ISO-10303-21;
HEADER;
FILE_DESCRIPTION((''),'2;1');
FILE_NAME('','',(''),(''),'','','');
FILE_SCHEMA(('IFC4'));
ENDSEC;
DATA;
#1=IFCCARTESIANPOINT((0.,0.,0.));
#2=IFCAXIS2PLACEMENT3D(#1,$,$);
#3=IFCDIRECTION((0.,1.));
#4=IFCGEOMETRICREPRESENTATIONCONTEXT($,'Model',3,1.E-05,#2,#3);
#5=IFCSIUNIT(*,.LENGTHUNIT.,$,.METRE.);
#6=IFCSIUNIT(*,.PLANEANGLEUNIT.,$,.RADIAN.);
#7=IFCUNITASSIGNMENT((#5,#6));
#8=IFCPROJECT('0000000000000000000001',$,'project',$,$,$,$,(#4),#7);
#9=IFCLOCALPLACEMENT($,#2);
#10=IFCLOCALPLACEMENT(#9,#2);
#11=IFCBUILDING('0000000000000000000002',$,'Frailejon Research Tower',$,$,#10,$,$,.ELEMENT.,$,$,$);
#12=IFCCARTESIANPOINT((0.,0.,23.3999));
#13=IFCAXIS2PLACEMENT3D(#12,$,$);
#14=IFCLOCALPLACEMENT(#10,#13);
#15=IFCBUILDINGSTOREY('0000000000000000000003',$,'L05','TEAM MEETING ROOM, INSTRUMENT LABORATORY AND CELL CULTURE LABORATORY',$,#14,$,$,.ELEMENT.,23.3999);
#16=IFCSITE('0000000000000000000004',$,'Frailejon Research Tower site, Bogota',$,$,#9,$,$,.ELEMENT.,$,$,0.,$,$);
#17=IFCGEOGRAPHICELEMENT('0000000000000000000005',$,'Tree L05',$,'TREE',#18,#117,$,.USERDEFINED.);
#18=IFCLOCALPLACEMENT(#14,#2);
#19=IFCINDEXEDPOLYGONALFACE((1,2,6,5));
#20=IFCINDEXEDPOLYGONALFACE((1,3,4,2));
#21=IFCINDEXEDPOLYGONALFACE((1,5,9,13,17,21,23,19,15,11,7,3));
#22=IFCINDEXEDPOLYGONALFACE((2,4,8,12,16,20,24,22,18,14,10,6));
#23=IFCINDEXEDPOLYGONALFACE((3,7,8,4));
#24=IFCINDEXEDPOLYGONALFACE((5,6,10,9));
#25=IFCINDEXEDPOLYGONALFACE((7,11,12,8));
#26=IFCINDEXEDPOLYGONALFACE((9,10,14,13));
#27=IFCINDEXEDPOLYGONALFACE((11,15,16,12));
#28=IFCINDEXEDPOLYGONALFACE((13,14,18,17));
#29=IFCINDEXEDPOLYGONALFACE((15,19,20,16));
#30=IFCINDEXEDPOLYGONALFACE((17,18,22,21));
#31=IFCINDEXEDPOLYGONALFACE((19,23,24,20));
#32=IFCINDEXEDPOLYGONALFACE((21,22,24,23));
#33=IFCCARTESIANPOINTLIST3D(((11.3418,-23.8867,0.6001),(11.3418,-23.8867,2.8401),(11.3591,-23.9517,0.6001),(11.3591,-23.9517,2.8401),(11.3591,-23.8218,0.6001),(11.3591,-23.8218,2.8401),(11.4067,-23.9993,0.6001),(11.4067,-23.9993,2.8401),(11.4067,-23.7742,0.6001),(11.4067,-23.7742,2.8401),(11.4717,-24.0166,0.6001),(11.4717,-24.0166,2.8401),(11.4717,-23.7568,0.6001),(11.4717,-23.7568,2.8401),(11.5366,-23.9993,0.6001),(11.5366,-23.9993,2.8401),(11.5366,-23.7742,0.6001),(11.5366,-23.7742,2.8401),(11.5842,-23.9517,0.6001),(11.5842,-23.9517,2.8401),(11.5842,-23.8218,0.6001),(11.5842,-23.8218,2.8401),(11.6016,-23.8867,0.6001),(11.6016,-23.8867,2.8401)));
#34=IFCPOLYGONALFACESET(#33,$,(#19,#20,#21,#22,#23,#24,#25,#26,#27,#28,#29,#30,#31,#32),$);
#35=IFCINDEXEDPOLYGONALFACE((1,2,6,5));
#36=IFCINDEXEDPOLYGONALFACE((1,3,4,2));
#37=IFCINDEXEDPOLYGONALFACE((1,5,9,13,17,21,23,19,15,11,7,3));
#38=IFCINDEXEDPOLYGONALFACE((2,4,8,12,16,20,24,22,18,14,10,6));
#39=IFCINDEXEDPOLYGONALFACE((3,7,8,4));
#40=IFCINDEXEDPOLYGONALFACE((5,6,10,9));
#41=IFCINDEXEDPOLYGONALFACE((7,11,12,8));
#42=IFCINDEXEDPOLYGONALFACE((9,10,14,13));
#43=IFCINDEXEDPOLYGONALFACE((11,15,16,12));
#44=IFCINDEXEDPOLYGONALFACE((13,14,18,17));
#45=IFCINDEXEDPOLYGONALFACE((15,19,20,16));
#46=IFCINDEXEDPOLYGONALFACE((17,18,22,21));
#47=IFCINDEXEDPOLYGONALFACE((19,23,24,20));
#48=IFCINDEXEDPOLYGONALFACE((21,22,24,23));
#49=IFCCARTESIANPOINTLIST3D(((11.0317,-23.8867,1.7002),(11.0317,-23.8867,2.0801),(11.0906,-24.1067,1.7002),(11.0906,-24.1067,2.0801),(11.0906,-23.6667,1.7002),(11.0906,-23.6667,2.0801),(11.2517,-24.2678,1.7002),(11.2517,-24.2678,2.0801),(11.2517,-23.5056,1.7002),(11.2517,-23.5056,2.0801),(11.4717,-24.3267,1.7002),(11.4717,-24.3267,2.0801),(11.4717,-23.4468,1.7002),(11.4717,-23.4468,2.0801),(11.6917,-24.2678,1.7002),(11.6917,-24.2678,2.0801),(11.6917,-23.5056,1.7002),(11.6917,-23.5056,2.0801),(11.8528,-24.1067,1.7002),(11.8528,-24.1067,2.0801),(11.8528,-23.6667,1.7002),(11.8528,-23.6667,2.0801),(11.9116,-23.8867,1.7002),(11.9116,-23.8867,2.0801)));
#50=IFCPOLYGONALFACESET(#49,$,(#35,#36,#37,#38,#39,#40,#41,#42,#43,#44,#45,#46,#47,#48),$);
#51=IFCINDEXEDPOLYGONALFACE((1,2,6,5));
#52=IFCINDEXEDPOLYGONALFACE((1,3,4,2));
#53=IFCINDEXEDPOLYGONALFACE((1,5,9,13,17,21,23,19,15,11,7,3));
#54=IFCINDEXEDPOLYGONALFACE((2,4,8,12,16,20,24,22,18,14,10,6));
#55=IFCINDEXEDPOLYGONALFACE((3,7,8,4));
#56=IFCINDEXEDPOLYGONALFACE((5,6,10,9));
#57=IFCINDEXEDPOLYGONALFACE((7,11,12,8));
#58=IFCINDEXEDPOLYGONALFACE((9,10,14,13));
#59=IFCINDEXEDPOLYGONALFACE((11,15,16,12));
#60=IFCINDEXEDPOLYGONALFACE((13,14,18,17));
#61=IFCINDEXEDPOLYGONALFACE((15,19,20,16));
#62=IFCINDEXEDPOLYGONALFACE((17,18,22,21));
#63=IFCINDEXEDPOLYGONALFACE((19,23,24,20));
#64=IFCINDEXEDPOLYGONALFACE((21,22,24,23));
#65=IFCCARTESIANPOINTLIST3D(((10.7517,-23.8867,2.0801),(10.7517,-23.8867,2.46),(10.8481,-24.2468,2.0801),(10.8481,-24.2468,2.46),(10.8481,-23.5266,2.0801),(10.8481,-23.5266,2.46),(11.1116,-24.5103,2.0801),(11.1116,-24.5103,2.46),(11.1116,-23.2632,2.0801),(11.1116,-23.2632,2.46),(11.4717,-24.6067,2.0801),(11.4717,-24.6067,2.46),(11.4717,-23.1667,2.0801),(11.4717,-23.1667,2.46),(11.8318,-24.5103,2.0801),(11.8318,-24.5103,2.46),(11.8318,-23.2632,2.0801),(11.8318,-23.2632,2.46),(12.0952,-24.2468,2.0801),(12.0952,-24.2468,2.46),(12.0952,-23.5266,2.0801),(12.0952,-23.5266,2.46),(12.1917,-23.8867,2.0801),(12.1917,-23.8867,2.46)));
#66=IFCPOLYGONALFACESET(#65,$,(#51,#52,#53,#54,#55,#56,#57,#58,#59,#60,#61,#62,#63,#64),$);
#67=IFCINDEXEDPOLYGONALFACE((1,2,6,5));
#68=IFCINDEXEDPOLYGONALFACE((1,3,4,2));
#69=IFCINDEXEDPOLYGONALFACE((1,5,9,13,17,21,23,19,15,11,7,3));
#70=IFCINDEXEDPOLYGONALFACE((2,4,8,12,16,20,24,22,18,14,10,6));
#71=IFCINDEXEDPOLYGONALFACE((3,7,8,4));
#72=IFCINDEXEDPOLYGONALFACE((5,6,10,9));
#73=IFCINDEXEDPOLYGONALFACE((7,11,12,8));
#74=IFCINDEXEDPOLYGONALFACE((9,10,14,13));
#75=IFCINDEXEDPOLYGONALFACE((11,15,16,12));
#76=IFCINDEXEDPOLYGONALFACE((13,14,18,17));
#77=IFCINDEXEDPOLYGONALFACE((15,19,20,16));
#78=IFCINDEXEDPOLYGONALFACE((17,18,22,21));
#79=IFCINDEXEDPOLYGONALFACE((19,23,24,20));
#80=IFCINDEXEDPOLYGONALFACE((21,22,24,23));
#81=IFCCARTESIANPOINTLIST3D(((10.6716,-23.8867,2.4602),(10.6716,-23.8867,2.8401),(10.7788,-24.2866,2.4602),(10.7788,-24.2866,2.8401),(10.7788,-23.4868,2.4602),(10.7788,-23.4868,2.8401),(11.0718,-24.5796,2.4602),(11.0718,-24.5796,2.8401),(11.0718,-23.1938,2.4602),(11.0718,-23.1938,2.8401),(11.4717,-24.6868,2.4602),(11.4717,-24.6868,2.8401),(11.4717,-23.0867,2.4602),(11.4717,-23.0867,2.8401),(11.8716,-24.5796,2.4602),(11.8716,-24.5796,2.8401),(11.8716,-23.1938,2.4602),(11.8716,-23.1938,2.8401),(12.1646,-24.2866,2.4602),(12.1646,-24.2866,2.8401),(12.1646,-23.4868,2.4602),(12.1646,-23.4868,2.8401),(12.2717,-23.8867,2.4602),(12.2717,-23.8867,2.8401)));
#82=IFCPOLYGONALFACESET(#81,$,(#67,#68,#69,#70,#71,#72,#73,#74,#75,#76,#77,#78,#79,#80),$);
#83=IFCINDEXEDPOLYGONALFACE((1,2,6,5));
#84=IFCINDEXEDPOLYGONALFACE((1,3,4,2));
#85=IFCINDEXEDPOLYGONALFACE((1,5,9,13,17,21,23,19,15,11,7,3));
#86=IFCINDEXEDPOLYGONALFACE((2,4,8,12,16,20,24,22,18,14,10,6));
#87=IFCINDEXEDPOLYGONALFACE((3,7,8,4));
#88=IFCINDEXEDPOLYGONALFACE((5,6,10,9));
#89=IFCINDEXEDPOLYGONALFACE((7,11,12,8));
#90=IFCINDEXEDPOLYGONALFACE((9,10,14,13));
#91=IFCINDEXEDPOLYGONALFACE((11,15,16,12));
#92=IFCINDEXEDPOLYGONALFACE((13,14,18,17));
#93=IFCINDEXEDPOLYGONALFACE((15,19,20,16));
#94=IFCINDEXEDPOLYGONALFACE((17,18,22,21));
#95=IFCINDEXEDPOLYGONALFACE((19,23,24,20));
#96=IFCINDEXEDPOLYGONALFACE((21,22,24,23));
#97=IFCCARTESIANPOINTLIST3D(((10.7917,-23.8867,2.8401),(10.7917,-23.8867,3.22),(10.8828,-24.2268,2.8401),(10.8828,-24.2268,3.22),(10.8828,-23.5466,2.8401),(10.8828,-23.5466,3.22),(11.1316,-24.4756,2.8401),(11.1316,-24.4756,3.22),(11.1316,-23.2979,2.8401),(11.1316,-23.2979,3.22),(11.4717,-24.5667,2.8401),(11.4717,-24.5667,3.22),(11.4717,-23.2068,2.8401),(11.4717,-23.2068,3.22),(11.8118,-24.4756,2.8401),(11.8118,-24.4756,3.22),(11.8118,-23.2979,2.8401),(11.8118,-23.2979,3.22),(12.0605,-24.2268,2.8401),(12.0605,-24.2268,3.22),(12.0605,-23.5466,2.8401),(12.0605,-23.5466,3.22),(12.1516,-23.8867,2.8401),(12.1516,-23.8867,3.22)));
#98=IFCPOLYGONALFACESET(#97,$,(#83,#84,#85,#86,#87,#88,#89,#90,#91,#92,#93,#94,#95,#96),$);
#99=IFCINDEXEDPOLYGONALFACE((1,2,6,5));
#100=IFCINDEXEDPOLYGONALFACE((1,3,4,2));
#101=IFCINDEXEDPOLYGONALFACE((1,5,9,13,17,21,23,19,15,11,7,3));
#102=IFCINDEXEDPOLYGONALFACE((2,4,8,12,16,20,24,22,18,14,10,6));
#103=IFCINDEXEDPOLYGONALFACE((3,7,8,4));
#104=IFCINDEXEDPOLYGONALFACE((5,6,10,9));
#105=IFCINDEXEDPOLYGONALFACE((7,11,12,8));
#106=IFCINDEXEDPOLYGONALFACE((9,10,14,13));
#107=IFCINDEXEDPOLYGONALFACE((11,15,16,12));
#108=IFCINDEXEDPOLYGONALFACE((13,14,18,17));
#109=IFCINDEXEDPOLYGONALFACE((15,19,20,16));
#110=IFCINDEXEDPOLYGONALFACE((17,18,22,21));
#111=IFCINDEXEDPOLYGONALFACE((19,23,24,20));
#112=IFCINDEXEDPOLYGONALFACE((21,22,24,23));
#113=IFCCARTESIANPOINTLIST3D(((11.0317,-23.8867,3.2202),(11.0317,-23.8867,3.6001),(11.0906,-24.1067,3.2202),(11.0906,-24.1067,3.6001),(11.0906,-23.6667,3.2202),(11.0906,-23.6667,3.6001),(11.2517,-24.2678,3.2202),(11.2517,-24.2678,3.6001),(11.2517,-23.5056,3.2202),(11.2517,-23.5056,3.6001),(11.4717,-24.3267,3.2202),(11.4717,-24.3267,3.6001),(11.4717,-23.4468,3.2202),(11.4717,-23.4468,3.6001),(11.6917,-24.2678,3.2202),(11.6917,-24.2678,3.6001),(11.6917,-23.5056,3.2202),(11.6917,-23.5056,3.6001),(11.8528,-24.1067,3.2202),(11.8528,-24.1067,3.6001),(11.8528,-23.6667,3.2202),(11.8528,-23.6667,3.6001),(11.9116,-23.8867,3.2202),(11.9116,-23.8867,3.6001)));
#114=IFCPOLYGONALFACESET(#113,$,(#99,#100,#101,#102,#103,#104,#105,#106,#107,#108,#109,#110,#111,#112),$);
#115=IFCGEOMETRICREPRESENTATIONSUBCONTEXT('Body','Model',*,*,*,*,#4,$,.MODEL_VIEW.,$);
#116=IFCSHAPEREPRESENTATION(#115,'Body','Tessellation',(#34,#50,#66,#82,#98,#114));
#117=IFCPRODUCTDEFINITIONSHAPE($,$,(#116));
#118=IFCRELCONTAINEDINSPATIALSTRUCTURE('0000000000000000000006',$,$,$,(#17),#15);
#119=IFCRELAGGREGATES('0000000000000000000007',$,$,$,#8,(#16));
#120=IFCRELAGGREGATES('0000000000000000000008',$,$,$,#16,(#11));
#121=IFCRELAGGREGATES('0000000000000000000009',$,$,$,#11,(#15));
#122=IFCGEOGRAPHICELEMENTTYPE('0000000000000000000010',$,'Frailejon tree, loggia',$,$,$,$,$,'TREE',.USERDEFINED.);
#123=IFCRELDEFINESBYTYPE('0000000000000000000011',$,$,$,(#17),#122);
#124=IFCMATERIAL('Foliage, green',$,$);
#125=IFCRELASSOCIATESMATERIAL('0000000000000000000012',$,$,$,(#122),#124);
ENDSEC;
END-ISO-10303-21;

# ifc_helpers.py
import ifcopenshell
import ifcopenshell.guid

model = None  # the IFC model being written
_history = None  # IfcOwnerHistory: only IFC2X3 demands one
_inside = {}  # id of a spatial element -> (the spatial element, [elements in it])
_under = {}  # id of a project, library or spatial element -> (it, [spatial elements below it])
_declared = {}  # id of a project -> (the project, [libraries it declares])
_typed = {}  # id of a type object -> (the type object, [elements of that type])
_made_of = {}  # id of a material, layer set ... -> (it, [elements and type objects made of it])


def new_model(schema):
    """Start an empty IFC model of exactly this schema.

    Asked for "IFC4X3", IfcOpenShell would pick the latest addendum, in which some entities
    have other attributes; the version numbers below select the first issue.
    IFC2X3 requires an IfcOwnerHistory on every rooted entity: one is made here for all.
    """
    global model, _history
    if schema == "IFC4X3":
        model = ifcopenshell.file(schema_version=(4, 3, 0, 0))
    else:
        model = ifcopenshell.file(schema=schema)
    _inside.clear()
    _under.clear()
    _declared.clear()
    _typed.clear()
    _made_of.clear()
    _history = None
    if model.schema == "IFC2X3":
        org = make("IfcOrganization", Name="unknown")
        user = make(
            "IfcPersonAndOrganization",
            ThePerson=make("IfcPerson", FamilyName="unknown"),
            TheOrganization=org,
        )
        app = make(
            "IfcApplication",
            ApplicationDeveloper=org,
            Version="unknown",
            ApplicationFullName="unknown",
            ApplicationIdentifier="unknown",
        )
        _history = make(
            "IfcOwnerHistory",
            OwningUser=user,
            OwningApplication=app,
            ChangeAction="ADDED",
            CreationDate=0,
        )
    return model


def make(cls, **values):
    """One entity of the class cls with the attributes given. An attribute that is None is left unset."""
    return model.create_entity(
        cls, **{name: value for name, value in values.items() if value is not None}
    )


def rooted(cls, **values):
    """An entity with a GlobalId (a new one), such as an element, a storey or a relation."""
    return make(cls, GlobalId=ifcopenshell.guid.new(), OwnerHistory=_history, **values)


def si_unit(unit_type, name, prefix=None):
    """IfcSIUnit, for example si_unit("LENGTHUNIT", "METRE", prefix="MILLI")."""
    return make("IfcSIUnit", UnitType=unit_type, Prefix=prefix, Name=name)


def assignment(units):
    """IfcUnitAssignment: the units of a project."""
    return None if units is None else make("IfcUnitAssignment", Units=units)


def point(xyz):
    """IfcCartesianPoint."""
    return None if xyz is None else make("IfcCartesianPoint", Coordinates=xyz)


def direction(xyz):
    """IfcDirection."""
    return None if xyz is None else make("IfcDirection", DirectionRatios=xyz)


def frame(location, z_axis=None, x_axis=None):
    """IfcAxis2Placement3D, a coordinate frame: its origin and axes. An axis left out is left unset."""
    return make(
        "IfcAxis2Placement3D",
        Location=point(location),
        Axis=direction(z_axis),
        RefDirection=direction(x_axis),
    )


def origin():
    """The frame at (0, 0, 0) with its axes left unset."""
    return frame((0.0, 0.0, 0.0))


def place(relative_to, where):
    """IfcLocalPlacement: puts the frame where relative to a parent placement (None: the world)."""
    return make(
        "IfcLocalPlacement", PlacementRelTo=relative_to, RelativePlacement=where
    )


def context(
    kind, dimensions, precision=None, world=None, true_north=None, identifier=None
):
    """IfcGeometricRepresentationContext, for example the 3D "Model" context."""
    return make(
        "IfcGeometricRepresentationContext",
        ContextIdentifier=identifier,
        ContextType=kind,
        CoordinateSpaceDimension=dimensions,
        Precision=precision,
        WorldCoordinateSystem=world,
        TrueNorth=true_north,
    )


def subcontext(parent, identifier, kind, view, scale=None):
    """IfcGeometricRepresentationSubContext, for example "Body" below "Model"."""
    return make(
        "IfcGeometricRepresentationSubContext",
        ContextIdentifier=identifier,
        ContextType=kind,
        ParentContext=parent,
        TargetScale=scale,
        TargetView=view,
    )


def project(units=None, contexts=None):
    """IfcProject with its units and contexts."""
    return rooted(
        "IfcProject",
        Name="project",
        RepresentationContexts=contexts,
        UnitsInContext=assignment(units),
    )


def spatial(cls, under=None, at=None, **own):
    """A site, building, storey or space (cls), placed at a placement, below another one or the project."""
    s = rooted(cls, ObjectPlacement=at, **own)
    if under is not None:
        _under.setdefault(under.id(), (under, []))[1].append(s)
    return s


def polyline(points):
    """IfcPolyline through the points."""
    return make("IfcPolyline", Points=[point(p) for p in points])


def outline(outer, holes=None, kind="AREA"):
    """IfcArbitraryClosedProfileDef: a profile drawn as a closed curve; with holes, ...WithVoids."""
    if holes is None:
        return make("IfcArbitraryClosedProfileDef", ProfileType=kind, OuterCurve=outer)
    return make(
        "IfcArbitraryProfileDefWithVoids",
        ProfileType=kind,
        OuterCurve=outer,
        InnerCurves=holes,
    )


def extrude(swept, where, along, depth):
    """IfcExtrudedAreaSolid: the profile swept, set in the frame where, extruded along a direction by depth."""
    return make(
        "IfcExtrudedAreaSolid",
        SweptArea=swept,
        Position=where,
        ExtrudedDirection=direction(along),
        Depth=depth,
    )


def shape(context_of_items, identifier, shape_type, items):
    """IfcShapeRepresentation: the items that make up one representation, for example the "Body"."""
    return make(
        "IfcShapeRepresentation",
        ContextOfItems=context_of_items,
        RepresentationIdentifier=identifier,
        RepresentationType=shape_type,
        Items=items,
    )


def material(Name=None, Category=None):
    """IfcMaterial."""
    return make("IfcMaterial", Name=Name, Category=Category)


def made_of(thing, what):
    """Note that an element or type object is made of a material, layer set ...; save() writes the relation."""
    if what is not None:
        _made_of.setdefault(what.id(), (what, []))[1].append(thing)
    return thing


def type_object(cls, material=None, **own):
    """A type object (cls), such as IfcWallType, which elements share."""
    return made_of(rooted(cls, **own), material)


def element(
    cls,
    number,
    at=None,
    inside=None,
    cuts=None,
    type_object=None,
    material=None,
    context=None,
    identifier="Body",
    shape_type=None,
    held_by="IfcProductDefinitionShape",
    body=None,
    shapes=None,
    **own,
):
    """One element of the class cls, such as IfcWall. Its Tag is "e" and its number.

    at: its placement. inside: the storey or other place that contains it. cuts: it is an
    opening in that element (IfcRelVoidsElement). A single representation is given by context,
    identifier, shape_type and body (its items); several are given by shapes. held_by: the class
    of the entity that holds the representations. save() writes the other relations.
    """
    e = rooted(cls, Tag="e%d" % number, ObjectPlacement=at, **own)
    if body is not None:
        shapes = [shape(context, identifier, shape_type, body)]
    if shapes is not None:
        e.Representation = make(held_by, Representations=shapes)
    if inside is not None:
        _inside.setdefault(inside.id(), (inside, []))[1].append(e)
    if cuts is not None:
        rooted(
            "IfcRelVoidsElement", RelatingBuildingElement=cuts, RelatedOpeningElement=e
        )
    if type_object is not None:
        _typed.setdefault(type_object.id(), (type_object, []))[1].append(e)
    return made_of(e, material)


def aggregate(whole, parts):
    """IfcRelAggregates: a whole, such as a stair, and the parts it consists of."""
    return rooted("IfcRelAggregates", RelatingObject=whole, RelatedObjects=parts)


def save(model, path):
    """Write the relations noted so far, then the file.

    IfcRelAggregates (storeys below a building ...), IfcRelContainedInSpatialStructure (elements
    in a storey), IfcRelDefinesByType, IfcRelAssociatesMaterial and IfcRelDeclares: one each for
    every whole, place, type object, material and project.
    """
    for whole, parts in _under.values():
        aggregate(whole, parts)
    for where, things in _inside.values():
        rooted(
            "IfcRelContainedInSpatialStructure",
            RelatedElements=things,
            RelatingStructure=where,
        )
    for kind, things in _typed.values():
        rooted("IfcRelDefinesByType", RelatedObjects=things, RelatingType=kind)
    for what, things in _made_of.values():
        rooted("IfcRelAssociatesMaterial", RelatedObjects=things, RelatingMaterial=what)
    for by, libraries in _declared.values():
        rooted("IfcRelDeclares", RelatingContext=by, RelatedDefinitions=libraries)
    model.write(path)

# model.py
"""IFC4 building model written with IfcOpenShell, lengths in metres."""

from ifc_helpers import new_model, si_unit, direction, frame, origin, place, context, subcontext, project, spatial, polyline, outline, extrude, material, type_object, element, save


model = new_model("IFC4")

# Units and contexts
model_context = context("Model", 3, precision=1e-05, world=origin(), true_north=direction((0.0, 1.0)))
body_context = subcontext(model_context, "Body", "Model", "MODEL_VIEW")
ifc_project = project(units=[si_unit("LENGTHUNIT", "METRE"), si_unit("PLANEANGLEUNIT", "RADIAN")], contexts=[model_context])

# Site, building, storey
site_placement = place(None, origin())
site = spatial("IfcSite", under=ifc_project, at=site_placement, Name="Frailejon Research Tower site, Bogota", CompositionType="ELEMENT", RefElevation=0.0)
building_placement = place(site_placement, origin())
building = spatial("IfcBuilding", under=site, at=building_placement, Name="Frailejon Research Tower", CompositionType="ELEMENT")
storey_placement = place(building_placement, frame((0.0, 0.0, 23.3999)))
storey = spatial("IfcBuildingStorey", under=building, at=storey_placement, Name="L05", Description="TEAM MEETING ROOM, INSTRUMENT LABORATORY AND CELL CULTURE LABORATORY", CompositionType="ELEMENT", Elevation=23.3999)

# Geographic element
ifc_material_1 = material(Name="Foliage, green")
geographic_element_type = type_object("IfcGeographicElementType", Name="Frailejon tree, loggia", ElementType="TREE", PredefinedType="USERDEFINED", material=ifc_material_1)
geographic_element_placement = place(storey_placement, frame((11.4717, -23.8867, 0.6001)))
element("IfcGeographicElement", 1, at=geographic_element_placement, inside=storey, type_object=geographic_element_type, Name="Tree L05", ObjectType="TREE", PredefinedType="USERDEFINED", context=body_context, shape_type="SweptSolid", body=[
    extrude(outline(polyline([(0.1299, 0.0), (0.1125, 0.0649), (0.0649, 0.1125), (0.0, 0.1299), (-0.0649, 0.1125), (-0.1125, 0.0649), (-0.1299, 0.0), (-0.1125, -0.0649), (-0.0649, -0.1125), (0.0, -0.1299), (0.0649, -0.1125), (0.1125, -0.0649), (0.1299, 0.0)])), origin(), (0.0, 0.0, 1.0), 2.24),
    extrude(outline(polyline([(0.4399, 0.0), (0.3811, 0.22), (0.22, 0.3811), (0.0, 0.4399), (-0.22, 0.3811), (-0.3811, 0.22), (-0.4399, 0.0), (-0.3811, -0.22), (-0.22, -0.3811), (0.0, -0.4399), (0.22, -0.3811), (0.3811, -0.22), (0.4399, 0.0)])), frame((0.0, 0.0, 1.1001)), (0.0, 0.0, 1.0), 0.3799),
    extrude(outline(polyline([(0.72, 0.0), (0.6235, 0.3601), (0.3601, 0.6235), (0.0, 0.72), (-0.3601, 0.6235), (-0.6235, 0.3601), (-0.72, 0.0), (-0.6235, -0.3601), (-0.3601, -0.6235), (0.0, -0.72), (0.3601, -0.6235), (0.6235, -0.3601), (0.72, 0.0)])), frame((0.0, 0.0, 1.48)), (0.0, 0.0, 1.0), 0.3799),
    extrude(outline(polyline([(0.8, 0.0), (0.6929, 0.3999), (0.3999, 0.6929), (0.0, 0.8), (-0.3999, 0.6929), (-0.6929, 0.3999), (-0.8, 0.0), (-0.6929, -0.3999), (-0.3999, -0.6929), (0.0, -0.8), (0.3999, -0.6929), (0.6929, -0.3999), (0.8, 0.0)])), frame((0.0, 0.0, 1.8601)), (0.0, 0.0, 1.0), 0.3799),
    extrude(outline(polyline([(0.6799, 0.0), (0.5889, 0.3401), (0.3401, 0.5889), (0.0, 0.6799), (-0.3401, 0.5889), (-0.5889, 0.3401), (-0.6799, 0.0), (-0.5889, -0.3401), (-0.3401, -0.5889), (0.0, -0.6799), (0.3401, -0.5889), (0.5889, -0.3401), (0.6799, 0.0)])), frame((0.0, 0.0, 2.24)), (0.0, 0.0, 1.0), 0.3799),
    extrude(outline(polyline([(0.4399, 0.0), (0.3811, 0.22), (0.22, 0.3811), (0.0, 0.4399), (-0.22, 0.3811), (-0.3811, 0.22), (-0.4399, 0.0), (-0.3811, -0.22), (-0.22, -0.3811), (0.0, -0.4399), (0.22, -0.3811), (0.3811, -0.22), (0.4399, 0.0)])), frame((0.0, 0.0, 2.6201)), (0.0, 0.0, 1.0), 0.3799),
])

save(model, "model.ifc")
